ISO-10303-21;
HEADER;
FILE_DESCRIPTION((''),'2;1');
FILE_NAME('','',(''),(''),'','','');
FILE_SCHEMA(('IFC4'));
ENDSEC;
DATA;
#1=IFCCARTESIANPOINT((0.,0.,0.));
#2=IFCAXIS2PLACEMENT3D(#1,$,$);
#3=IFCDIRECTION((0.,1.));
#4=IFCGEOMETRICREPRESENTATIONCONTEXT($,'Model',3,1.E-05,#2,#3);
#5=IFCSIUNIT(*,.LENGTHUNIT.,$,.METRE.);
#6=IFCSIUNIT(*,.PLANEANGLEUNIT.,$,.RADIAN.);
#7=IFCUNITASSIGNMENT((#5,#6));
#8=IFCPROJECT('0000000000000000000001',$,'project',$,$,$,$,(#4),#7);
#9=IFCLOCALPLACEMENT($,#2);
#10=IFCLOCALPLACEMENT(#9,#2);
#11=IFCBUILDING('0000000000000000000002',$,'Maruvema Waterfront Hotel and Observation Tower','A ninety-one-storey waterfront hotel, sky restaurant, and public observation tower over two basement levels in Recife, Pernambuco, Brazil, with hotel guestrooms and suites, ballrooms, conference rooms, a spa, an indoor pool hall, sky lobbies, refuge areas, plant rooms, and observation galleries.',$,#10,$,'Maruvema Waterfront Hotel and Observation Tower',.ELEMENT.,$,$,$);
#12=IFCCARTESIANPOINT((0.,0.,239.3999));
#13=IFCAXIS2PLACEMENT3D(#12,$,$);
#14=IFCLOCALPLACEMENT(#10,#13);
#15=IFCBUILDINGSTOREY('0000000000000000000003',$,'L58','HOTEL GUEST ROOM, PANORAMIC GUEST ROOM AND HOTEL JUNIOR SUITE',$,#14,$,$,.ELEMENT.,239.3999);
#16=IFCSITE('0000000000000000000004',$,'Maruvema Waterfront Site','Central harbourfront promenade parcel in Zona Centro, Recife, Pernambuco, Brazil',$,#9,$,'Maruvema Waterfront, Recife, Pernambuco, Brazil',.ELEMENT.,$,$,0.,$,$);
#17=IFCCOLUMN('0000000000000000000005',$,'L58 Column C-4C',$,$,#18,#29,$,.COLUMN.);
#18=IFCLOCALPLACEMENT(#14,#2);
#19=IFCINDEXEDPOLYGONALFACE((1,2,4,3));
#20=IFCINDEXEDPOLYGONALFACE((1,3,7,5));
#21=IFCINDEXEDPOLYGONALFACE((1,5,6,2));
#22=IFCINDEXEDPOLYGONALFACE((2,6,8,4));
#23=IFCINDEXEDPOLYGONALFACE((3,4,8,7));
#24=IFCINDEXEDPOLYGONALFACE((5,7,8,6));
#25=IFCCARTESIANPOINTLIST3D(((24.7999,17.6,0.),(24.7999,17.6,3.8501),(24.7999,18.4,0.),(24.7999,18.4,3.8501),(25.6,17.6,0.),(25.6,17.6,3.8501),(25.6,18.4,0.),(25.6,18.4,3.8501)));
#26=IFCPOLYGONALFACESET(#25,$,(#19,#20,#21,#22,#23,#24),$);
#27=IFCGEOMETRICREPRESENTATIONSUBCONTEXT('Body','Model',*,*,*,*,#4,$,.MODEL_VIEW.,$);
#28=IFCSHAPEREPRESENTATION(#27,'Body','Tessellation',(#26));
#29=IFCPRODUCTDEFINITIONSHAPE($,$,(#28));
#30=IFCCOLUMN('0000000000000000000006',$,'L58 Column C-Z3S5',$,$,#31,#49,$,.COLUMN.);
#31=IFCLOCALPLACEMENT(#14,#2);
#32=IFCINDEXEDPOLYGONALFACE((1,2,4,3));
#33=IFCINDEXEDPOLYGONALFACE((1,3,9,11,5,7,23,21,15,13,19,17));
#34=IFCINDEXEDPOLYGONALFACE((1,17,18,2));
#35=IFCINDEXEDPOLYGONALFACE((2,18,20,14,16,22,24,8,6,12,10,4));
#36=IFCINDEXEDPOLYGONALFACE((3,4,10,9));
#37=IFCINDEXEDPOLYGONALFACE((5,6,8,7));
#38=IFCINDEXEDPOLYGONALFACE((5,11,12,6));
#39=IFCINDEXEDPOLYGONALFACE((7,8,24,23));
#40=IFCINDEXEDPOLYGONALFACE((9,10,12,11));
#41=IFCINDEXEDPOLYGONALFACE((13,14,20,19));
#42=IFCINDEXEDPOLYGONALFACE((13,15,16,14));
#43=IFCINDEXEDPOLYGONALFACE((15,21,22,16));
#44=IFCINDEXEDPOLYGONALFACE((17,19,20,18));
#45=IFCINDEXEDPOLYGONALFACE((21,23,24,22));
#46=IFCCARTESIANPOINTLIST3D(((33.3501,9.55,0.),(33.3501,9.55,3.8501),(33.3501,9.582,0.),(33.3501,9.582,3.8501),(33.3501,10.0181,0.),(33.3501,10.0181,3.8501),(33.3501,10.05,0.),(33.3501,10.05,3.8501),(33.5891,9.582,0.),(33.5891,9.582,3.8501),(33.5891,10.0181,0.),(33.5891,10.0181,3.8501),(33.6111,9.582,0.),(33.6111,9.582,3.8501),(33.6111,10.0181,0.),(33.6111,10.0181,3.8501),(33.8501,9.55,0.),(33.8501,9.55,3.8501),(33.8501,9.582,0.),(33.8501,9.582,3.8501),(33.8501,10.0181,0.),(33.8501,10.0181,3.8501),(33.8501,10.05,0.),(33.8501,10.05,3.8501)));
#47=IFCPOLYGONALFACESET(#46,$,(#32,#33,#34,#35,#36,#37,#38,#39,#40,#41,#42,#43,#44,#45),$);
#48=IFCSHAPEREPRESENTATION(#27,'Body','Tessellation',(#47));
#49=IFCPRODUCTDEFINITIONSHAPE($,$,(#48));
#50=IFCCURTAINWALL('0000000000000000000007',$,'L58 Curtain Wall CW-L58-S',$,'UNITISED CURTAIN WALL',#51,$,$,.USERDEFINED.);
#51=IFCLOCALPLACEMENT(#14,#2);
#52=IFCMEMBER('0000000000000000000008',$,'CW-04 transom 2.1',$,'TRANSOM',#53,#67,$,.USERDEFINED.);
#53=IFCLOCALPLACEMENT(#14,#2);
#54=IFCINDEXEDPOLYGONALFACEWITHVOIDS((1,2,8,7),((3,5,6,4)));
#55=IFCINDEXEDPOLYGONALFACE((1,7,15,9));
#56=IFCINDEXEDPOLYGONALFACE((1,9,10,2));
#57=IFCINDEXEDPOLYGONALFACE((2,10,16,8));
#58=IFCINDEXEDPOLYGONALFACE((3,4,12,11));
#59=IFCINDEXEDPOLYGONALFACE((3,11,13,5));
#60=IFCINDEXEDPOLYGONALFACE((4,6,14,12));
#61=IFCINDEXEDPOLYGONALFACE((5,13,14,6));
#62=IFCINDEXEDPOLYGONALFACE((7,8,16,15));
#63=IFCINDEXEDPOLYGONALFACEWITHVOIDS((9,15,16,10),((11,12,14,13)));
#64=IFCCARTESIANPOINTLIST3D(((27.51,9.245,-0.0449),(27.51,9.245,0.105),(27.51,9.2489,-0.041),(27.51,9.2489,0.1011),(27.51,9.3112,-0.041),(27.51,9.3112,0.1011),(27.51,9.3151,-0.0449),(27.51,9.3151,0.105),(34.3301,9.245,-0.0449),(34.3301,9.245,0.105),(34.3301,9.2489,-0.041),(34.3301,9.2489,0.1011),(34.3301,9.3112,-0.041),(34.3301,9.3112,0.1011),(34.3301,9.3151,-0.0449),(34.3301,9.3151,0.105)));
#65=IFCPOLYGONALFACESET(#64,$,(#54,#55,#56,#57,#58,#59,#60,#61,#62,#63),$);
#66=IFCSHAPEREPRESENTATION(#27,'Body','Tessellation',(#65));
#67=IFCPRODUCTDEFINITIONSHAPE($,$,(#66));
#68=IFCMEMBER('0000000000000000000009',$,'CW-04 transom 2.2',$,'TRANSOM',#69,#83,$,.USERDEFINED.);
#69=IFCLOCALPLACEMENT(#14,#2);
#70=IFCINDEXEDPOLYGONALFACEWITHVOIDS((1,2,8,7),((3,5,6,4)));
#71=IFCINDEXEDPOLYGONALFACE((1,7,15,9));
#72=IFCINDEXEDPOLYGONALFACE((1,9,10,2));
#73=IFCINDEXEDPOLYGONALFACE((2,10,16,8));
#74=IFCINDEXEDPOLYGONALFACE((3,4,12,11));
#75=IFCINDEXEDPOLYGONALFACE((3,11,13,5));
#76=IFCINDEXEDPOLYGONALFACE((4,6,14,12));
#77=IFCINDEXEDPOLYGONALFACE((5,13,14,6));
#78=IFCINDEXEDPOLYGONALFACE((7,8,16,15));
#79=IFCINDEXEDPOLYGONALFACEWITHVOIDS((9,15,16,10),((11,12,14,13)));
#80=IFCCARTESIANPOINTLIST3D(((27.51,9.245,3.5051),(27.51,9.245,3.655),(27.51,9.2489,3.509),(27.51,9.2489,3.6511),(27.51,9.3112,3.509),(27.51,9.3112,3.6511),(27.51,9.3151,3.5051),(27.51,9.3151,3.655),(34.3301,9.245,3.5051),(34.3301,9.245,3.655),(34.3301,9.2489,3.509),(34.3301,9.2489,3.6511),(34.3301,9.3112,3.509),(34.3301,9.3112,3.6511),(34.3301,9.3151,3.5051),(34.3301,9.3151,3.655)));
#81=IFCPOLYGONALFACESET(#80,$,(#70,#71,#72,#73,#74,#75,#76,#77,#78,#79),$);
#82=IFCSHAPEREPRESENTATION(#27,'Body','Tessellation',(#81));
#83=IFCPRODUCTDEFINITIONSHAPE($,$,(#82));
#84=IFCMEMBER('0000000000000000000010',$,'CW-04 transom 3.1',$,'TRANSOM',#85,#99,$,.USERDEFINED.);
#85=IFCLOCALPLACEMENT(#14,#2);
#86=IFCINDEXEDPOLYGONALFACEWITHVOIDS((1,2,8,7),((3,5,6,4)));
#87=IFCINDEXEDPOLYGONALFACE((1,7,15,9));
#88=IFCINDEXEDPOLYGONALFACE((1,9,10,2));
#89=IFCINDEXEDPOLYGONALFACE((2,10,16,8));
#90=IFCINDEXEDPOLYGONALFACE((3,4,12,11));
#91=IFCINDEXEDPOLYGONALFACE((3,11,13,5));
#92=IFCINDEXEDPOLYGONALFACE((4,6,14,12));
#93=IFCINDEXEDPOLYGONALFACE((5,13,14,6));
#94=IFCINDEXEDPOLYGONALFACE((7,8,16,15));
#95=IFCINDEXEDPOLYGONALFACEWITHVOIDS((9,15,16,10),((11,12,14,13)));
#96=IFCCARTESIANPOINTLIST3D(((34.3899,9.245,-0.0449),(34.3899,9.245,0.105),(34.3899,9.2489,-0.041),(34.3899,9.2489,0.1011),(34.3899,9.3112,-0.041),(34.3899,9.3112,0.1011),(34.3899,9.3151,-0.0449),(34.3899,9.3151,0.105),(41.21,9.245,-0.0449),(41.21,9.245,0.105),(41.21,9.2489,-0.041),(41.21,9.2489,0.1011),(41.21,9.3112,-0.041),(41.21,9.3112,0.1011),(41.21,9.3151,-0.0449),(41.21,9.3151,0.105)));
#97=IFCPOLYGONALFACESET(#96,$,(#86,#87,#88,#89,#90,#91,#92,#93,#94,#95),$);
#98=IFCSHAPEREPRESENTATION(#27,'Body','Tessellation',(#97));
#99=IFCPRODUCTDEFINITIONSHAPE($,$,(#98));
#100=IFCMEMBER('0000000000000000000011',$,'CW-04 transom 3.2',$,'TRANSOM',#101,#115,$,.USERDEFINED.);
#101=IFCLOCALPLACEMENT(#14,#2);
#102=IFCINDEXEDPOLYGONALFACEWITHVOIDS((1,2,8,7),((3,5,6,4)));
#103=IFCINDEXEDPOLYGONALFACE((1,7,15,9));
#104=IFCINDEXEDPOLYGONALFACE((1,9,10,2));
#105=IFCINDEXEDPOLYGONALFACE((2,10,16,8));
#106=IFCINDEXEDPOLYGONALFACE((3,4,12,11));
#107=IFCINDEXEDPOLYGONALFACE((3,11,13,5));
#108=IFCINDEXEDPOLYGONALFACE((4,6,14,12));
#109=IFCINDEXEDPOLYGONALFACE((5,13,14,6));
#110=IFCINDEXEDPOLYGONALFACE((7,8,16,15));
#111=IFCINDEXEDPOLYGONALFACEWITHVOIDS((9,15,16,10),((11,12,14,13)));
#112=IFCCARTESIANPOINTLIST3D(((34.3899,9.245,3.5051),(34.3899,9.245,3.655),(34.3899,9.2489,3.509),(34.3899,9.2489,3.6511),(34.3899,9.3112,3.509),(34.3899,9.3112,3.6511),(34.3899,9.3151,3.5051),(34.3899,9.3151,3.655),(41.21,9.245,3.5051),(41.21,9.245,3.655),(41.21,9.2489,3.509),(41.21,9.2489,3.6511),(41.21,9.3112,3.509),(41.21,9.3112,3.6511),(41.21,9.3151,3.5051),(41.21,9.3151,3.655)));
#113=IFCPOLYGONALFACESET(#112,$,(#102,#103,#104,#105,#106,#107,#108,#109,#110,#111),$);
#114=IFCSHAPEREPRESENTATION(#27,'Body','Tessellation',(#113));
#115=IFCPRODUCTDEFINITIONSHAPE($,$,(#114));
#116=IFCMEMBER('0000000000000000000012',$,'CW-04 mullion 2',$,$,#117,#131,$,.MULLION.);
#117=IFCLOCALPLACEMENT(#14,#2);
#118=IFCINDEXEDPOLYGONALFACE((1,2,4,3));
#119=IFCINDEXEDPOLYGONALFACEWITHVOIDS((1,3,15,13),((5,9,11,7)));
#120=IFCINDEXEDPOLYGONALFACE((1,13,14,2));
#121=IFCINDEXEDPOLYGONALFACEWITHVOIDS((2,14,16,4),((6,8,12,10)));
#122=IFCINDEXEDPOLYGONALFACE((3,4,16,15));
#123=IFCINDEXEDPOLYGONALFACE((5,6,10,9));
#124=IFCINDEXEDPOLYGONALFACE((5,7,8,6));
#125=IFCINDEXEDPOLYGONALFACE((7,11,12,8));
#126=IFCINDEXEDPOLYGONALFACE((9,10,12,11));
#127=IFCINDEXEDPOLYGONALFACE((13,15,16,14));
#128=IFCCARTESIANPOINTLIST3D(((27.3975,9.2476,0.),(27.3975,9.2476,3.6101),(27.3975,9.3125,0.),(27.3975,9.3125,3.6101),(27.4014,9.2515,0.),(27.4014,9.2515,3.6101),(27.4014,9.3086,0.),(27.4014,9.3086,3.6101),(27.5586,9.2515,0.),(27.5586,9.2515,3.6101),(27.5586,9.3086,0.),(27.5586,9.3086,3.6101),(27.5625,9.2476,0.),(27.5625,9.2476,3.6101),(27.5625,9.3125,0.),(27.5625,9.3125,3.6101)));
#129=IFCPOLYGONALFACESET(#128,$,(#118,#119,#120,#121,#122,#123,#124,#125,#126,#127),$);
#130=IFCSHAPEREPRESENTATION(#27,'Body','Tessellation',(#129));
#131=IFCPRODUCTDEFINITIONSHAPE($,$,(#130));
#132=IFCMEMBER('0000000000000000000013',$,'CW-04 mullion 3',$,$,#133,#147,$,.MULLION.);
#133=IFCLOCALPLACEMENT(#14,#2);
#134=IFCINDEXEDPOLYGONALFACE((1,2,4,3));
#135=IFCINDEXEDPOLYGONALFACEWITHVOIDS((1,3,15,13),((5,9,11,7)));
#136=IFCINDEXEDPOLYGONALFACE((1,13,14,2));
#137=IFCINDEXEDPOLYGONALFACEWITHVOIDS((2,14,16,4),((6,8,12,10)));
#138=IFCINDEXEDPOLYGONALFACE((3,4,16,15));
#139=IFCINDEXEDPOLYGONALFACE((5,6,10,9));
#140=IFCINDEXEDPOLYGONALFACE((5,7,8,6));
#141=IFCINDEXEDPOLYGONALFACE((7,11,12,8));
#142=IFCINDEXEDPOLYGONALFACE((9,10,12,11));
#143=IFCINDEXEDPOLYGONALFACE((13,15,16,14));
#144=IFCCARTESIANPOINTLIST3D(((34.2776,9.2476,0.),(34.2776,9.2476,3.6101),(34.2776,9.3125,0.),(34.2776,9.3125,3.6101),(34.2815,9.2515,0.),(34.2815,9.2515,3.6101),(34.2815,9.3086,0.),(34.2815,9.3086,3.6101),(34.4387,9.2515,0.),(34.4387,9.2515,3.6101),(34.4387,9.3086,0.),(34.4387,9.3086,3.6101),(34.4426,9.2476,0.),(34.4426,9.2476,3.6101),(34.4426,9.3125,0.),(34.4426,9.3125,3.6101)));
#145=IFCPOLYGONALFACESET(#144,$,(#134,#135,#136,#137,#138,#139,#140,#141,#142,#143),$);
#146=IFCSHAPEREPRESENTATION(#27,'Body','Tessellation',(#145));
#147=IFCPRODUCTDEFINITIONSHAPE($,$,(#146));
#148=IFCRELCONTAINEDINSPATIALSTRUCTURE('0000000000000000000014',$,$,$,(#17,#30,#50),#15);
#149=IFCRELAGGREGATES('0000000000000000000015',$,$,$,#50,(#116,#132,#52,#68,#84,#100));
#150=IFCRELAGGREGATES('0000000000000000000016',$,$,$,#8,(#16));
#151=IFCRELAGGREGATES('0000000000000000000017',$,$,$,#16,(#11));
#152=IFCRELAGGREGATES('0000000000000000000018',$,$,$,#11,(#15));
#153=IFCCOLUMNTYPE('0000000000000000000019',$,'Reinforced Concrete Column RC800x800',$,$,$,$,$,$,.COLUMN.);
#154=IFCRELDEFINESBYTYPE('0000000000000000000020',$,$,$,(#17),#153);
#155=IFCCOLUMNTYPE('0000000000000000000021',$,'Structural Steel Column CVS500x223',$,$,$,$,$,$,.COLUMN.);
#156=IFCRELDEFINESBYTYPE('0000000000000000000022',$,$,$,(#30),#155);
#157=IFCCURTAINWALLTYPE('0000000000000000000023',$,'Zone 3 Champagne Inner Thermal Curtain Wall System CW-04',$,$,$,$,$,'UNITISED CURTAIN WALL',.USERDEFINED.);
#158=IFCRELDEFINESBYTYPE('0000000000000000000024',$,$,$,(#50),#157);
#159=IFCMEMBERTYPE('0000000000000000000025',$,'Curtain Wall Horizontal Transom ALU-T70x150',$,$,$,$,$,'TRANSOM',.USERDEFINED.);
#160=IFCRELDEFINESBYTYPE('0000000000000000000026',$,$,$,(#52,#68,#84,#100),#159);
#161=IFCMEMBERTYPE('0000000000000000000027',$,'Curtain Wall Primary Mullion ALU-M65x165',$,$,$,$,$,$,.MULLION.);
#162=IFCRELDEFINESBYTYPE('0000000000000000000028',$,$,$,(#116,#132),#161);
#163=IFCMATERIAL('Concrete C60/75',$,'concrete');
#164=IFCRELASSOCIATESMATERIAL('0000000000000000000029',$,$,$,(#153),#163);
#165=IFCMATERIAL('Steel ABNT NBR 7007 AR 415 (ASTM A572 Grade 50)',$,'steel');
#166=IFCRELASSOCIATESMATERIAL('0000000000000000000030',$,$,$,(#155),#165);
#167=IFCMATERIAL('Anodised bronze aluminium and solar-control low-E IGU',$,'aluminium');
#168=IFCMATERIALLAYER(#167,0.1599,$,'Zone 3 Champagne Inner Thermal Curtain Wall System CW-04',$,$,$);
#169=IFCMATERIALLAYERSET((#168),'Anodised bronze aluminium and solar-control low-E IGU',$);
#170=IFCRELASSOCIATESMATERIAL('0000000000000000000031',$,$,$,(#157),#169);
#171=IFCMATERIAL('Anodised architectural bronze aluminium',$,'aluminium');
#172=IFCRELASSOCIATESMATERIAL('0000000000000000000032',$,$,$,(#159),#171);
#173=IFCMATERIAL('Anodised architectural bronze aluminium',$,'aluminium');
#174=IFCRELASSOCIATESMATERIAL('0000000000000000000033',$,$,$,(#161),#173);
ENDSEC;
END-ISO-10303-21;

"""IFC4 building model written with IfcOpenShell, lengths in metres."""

from ifc_helpers import new_model, si_unit, direction, frame, origin, origin_2d, place, context, subcontext, project, spatial, rectangle, hollow_rectangle, i_section, extrude, material, layer, layer_set, material_profile, profile_set, type_object, element, aggregate, save


model = new_model("IFC4")

# Units and contexts
model_context = context("Model", 3, precision=1e-05, world=origin(), true_north=direction((0.0, 1.0)))
body_context = subcontext(model_context, "Body", "Model", "MODEL_VIEW")
ifc_project = project(units=[si_unit("LENGTHUNIT", "METRE"), si_unit("PLANEANGLEUNIT", "RADIAN")], contexts=[model_context])

# Site, building, storey
site_placement = place(None, origin())
site = spatial("IfcSite", under=ifc_project, at=site_placement, Name="Maruvema Waterfront Site", Description="Central harbourfront promenade parcel in Zona Centro, Recife, Pernambuco, Brazil", LongName="Maruvema Waterfront, Recife, Pernambuco, Brazil", CompositionType="ELEMENT", RefElevation=0.0)
building_placement = place(site_placement, origin())
building = spatial("IfcBuilding", under=site, at=building_placement, Name="Maruvema Waterfront Hotel and Observation Tower", Description="A ninety-one-storey waterfront hotel, sky restaurant, and public observation tower over two basement levels in Recife, Pernambuco, Brazil, with hotel guestrooms and suites, ballrooms, conference rooms, a spa, an indoor pool hall, sky lobbies, refuge areas, plant rooms, and observation galleries.", LongName="Maruvema Waterfront Hotel and Observation Tower", CompositionType="ELEMENT")
storey_placement = place(building_placement, frame((0.0, 0.0, 239.3999)))
storey = spatial("IfcBuildingStorey", under=building, at=storey_placement, Name="L58", Description="HOTEL GUEST ROOM, PANORAMIC GUEST ROOM AND HOTEL JUNIOR SUITE", CompositionType="ELEMENT", Elevation=239.3999)

# Columns
ifc_material_1 = material(Name="Concrete C60/75", Category="concrete")
ifc_material_profile_1 = material_profile(ifc_material_1, rectangle(XDim=0.8, YDim=0.8, at=origin_2d()), Name="RC800x800")
ifc_profile_set_1 = profile_set([ifc_material_profile_1], Name="Concrete C60/75")
column_type_1 = type_object("IfcColumnType", Name="Reinforced Concrete Column RC800x800", PredefinedType="COLUMN", material=ifc_profile_set_1)
column_1_placement = place(storey_placement, frame((25.2, 18.0, 0.0), z_axis=(0.0, 0.0, 1.0), x_axis=(1.0, 0.0, 0.0)))
element("IfcColumn", 1, at=column_1_placement, inside=storey, type_object=column_type_1, Name="L58 Column C-4C", PredefinedType="COLUMN", context=body_context, shape_type="SweptSolid", body=[
    extrude(rectangle(XDim=0.8, YDim=0.8, at=origin_2d()), origin(), (0.0, 0.0, 1.0), 3.8501),
])
ifc_material_2 = material(Name="Steel ABNT NBR 7007 AR 415 (ASTM A572 Grade 50)", Category="steel")
ifc_material_profile_2 = material_profile(ifc_material_2, i_section(OverallWidth=0.5, OverallDepth=0.5, WebThickness=0.022, FlangeThickness=0.032, at=origin_2d()), Name="CVS500x223")
ifc_profile_set_2 = profile_set([ifc_material_profile_2], Name="Steel ABNT NBR 7007 AR 415 (ASTM A572 Grade 50)")
column_type_2 = type_object("IfcColumnType", Name="Structural Steel Column CVS500x223", PredefinedType="COLUMN", material=ifc_profile_set_2)
column_2_placement = place(storey_placement, frame((33.6001, 9.8, 0.0), z_axis=(0.0, 0.0, 1.0), x_axis=(1.0, 0.0, 0.0)))
element("IfcColumn", 2, at=column_2_placement, inside=storey, type_object=column_type_2, Name="L58 Column C-Z3S5", PredefinedType="COLUMN", context=body_context, shape_type="SweptSolid", body=[
    extrude(i_section(OverallWidth=0.5, OverallDepth=0.5, WebThickness=0.022, FlangeThickness=0.032, at=origin_2d()), origin(), (0.0, 0.0, 1.0), 3.8501),
])

# Curtain wall, members
ifc_material_3 = material(Name="Anodised bronze aluminium and solar-control low-E IGU", Category="aluminium")
ifc_layer_1 = layer(ifc_material_3, 0.1599, Name="Zone 3 Champagne Inner Thermal Curtain Wall System CW-04")
ifc_layer_set_1 = layer_set([ifc_layer_1], Name="Anodised bronze aluminium and solar-control low-E IGU")
curtain_wall_type = type_object("IfcCurtainWallType", Name="Zone 3 Champagne Inner Thermal Curtain Wall System CW-04", ElementType="UNITISED CURTAIN WALL", PredefinedType="USERDEFINED", material=ifc_layer_set_1)
curtain_wall_placement = place(storey_placement, origin())
curtain_wall = element("IfcCurtainWall", 3, at=curtain_wall_placement, inside=storey, type_object=curtain_wall_type, Name="L58 Curtain Wall CW-L58-S", ObjectType="UNITISED CURTAIN WALL", PredefinedType="USERDEFINED")
ifc_material_4 = material(Name="Anodised architectural bronze aluminium", Category="aluminium")
ifc_material_profile_3 = material_profile(ifc_material_4, hollow_rectangle(XDim=0.0701, YDim=0.1499, WallThickness=0.0039, at=origin_2d()), Name="ALU-T70x150")
ifc_profile_set_3 = profile_set([ifc_material_profile_3], Name="Anodised architectural bronze aluminium")
member_type_1 = type_object("IfcMemberType", Name="Curtain Wall Horizontal Transom ALU-T70x150", ElementType="TRANSOM", PredefinedType="USERDEFINED", material=ifc_profile_set_3)
member_1_placement = place(storey_placement, frame((27.51, 9.28, 0.03), z_axis=(1.0, 0.0, 0.0), x_axis=(0.0, 1.0, 0.0)))
member_1 = element("IfcMember", 4, at=member_1_placement, type_object=member_type_1, Name="CW-04 transom 2.1", ObjectType="TRANSOM", PredefinedType="USERDEFINED", context=body_context, shape_type="SweptSolid", body=[
    extrude(hollow_rectangle(XDim=0.0701, YDim=0.1499, WallThickness=0.0039, at=origin_2d()), origin(), (0.0, 0.0, 1.0), 6.8201),
])
member_2_placement = place(storey_placement, frame((27.51, 9.28, 3.5801), z_axis=(1.0, 0.0, 0.0), x_axis=(0.0, 1.0, 0.0)))
member_2 = element("IfcMember", 5, at=member_2_placement, type_object=member_type_1, Name="CW-04 transom 2.2", ObjectType="TRANSOM", PredefinedType="USERDEFINED", context=body_context, shape_type="SweptSolid", body=[
    extrude(hollow_rectangle(XDim=0.0701, YDim=0.1499, WallThickness=0.0039, at=origin_2d()), origin(), (0.0, 0.0, 1.0), 6.8201),
])
member_3_placement = place(storey_placement, frame((34.3899, 9.28, 0.03), z_axis=(1.0, 0.0, 0.0), x_axis=(0.0, 1.0, 0.0)))
member_3 = element("IfcMember", 6, at=member_3_placement, type_object=member_type_1, Name="CW-04 transom 3.1", ObjectType="TRANSOM", PredefinedType="USERDEFINED", context=body_context, shape_type="SweptSolid", body=[
    extrude(hollow_rectangle(XDim=0.0701, YDim=0.1499, WallThickness=0.0039, at=origin_2d()), origin(), (0.0, 0.0, 1.0), 6.8201),
])
member_4_placement = place(storey_placement, frame((34.3899, 9.28, 3.5801), z_axis=(1.0, 0.0, 0.0), x_axis=(0.0, 1.0, 0.0)))
member_4 = element("IfcMember", 7, at=member_4_placement, type_object=member_type_1, Name="CW-04 transom 3.2", ObjectType="TRANSOM", PredefinedType="USERDEFINED", context=body_context, shape_type="SweptSolid", body=[
    extrude(hollow_rectangle(XDim=0.0701, YDim=0.1499, WallThickness=0.0039, at=origin_2d()), origin(), (0.0, 0.0, 1.0), 6.8201),
])
ifc_material_5 = material(Name="Anodised architectural bronze aluminium", Category="aluminium")
ifc_material_profile_4 = material_profile(ifc_material_5, hollow_rectangle(XDim=0.0649, YDim=0.165, WallThickness=0.0039, at=origin_2d()), Name="ALU-M65x165")
ifc_profile_set_4 = profile_set([ifc_material_profile_4], Name="Anodised architectural bronze aluminium")
member_type_2 = type_object("IfcMemberType", Name="Curtain Wall Primary Mullion ALU-M65x165", PredefinedType="MULLION", material=ifc_profile_set_4)
member_5_placement = place(storey_placement, frame((27.48, 9.28, 0.0), z_axis=(0.0, 0.0, 1.0), x_axis=(0.0, 1.0, 0.0)))
member_5 = element("IfcMember", 8, at=member_5_placement, type_object=member_type_2, Name="CW-04 mullion 2", PredefinedType="MULLION", context=body_context, shape_type="SweptSolid", body=[
    extrude(hollow_rectangle(XDim=0.0649, YDim=0.165, WallThickness=0.0039, at=origin_2d()), origin(), (0.0, 0.0, 1.0), 3.6101),
])
member_6_placement = place(storey_placement, frame((34.3601, 9.28, 0.0), z_axis=(0.0, 0.0, 1.0), x_axis=(0.0, 1.0, 0.0)))
member_6 = element("IfcMember", 9, at=member_6_placement, type_object=member_type_2, Name="CW-04 mullion 3", PredefinedType="MULLION", context=body_context, shape_type="SweptSolid", body=[
    extrude(hollow_rectangle(XDim=0.0649, YDim=0.165, WallThickness=0.0039, at=origin_2d()), origin(), (0.0, 0.0, 1.0), 3.6101),
])

aggregate(curtain_wall, [member_5, member_6, member_1, member_2, member_3, member_4])

save(model, "model.ifc")
